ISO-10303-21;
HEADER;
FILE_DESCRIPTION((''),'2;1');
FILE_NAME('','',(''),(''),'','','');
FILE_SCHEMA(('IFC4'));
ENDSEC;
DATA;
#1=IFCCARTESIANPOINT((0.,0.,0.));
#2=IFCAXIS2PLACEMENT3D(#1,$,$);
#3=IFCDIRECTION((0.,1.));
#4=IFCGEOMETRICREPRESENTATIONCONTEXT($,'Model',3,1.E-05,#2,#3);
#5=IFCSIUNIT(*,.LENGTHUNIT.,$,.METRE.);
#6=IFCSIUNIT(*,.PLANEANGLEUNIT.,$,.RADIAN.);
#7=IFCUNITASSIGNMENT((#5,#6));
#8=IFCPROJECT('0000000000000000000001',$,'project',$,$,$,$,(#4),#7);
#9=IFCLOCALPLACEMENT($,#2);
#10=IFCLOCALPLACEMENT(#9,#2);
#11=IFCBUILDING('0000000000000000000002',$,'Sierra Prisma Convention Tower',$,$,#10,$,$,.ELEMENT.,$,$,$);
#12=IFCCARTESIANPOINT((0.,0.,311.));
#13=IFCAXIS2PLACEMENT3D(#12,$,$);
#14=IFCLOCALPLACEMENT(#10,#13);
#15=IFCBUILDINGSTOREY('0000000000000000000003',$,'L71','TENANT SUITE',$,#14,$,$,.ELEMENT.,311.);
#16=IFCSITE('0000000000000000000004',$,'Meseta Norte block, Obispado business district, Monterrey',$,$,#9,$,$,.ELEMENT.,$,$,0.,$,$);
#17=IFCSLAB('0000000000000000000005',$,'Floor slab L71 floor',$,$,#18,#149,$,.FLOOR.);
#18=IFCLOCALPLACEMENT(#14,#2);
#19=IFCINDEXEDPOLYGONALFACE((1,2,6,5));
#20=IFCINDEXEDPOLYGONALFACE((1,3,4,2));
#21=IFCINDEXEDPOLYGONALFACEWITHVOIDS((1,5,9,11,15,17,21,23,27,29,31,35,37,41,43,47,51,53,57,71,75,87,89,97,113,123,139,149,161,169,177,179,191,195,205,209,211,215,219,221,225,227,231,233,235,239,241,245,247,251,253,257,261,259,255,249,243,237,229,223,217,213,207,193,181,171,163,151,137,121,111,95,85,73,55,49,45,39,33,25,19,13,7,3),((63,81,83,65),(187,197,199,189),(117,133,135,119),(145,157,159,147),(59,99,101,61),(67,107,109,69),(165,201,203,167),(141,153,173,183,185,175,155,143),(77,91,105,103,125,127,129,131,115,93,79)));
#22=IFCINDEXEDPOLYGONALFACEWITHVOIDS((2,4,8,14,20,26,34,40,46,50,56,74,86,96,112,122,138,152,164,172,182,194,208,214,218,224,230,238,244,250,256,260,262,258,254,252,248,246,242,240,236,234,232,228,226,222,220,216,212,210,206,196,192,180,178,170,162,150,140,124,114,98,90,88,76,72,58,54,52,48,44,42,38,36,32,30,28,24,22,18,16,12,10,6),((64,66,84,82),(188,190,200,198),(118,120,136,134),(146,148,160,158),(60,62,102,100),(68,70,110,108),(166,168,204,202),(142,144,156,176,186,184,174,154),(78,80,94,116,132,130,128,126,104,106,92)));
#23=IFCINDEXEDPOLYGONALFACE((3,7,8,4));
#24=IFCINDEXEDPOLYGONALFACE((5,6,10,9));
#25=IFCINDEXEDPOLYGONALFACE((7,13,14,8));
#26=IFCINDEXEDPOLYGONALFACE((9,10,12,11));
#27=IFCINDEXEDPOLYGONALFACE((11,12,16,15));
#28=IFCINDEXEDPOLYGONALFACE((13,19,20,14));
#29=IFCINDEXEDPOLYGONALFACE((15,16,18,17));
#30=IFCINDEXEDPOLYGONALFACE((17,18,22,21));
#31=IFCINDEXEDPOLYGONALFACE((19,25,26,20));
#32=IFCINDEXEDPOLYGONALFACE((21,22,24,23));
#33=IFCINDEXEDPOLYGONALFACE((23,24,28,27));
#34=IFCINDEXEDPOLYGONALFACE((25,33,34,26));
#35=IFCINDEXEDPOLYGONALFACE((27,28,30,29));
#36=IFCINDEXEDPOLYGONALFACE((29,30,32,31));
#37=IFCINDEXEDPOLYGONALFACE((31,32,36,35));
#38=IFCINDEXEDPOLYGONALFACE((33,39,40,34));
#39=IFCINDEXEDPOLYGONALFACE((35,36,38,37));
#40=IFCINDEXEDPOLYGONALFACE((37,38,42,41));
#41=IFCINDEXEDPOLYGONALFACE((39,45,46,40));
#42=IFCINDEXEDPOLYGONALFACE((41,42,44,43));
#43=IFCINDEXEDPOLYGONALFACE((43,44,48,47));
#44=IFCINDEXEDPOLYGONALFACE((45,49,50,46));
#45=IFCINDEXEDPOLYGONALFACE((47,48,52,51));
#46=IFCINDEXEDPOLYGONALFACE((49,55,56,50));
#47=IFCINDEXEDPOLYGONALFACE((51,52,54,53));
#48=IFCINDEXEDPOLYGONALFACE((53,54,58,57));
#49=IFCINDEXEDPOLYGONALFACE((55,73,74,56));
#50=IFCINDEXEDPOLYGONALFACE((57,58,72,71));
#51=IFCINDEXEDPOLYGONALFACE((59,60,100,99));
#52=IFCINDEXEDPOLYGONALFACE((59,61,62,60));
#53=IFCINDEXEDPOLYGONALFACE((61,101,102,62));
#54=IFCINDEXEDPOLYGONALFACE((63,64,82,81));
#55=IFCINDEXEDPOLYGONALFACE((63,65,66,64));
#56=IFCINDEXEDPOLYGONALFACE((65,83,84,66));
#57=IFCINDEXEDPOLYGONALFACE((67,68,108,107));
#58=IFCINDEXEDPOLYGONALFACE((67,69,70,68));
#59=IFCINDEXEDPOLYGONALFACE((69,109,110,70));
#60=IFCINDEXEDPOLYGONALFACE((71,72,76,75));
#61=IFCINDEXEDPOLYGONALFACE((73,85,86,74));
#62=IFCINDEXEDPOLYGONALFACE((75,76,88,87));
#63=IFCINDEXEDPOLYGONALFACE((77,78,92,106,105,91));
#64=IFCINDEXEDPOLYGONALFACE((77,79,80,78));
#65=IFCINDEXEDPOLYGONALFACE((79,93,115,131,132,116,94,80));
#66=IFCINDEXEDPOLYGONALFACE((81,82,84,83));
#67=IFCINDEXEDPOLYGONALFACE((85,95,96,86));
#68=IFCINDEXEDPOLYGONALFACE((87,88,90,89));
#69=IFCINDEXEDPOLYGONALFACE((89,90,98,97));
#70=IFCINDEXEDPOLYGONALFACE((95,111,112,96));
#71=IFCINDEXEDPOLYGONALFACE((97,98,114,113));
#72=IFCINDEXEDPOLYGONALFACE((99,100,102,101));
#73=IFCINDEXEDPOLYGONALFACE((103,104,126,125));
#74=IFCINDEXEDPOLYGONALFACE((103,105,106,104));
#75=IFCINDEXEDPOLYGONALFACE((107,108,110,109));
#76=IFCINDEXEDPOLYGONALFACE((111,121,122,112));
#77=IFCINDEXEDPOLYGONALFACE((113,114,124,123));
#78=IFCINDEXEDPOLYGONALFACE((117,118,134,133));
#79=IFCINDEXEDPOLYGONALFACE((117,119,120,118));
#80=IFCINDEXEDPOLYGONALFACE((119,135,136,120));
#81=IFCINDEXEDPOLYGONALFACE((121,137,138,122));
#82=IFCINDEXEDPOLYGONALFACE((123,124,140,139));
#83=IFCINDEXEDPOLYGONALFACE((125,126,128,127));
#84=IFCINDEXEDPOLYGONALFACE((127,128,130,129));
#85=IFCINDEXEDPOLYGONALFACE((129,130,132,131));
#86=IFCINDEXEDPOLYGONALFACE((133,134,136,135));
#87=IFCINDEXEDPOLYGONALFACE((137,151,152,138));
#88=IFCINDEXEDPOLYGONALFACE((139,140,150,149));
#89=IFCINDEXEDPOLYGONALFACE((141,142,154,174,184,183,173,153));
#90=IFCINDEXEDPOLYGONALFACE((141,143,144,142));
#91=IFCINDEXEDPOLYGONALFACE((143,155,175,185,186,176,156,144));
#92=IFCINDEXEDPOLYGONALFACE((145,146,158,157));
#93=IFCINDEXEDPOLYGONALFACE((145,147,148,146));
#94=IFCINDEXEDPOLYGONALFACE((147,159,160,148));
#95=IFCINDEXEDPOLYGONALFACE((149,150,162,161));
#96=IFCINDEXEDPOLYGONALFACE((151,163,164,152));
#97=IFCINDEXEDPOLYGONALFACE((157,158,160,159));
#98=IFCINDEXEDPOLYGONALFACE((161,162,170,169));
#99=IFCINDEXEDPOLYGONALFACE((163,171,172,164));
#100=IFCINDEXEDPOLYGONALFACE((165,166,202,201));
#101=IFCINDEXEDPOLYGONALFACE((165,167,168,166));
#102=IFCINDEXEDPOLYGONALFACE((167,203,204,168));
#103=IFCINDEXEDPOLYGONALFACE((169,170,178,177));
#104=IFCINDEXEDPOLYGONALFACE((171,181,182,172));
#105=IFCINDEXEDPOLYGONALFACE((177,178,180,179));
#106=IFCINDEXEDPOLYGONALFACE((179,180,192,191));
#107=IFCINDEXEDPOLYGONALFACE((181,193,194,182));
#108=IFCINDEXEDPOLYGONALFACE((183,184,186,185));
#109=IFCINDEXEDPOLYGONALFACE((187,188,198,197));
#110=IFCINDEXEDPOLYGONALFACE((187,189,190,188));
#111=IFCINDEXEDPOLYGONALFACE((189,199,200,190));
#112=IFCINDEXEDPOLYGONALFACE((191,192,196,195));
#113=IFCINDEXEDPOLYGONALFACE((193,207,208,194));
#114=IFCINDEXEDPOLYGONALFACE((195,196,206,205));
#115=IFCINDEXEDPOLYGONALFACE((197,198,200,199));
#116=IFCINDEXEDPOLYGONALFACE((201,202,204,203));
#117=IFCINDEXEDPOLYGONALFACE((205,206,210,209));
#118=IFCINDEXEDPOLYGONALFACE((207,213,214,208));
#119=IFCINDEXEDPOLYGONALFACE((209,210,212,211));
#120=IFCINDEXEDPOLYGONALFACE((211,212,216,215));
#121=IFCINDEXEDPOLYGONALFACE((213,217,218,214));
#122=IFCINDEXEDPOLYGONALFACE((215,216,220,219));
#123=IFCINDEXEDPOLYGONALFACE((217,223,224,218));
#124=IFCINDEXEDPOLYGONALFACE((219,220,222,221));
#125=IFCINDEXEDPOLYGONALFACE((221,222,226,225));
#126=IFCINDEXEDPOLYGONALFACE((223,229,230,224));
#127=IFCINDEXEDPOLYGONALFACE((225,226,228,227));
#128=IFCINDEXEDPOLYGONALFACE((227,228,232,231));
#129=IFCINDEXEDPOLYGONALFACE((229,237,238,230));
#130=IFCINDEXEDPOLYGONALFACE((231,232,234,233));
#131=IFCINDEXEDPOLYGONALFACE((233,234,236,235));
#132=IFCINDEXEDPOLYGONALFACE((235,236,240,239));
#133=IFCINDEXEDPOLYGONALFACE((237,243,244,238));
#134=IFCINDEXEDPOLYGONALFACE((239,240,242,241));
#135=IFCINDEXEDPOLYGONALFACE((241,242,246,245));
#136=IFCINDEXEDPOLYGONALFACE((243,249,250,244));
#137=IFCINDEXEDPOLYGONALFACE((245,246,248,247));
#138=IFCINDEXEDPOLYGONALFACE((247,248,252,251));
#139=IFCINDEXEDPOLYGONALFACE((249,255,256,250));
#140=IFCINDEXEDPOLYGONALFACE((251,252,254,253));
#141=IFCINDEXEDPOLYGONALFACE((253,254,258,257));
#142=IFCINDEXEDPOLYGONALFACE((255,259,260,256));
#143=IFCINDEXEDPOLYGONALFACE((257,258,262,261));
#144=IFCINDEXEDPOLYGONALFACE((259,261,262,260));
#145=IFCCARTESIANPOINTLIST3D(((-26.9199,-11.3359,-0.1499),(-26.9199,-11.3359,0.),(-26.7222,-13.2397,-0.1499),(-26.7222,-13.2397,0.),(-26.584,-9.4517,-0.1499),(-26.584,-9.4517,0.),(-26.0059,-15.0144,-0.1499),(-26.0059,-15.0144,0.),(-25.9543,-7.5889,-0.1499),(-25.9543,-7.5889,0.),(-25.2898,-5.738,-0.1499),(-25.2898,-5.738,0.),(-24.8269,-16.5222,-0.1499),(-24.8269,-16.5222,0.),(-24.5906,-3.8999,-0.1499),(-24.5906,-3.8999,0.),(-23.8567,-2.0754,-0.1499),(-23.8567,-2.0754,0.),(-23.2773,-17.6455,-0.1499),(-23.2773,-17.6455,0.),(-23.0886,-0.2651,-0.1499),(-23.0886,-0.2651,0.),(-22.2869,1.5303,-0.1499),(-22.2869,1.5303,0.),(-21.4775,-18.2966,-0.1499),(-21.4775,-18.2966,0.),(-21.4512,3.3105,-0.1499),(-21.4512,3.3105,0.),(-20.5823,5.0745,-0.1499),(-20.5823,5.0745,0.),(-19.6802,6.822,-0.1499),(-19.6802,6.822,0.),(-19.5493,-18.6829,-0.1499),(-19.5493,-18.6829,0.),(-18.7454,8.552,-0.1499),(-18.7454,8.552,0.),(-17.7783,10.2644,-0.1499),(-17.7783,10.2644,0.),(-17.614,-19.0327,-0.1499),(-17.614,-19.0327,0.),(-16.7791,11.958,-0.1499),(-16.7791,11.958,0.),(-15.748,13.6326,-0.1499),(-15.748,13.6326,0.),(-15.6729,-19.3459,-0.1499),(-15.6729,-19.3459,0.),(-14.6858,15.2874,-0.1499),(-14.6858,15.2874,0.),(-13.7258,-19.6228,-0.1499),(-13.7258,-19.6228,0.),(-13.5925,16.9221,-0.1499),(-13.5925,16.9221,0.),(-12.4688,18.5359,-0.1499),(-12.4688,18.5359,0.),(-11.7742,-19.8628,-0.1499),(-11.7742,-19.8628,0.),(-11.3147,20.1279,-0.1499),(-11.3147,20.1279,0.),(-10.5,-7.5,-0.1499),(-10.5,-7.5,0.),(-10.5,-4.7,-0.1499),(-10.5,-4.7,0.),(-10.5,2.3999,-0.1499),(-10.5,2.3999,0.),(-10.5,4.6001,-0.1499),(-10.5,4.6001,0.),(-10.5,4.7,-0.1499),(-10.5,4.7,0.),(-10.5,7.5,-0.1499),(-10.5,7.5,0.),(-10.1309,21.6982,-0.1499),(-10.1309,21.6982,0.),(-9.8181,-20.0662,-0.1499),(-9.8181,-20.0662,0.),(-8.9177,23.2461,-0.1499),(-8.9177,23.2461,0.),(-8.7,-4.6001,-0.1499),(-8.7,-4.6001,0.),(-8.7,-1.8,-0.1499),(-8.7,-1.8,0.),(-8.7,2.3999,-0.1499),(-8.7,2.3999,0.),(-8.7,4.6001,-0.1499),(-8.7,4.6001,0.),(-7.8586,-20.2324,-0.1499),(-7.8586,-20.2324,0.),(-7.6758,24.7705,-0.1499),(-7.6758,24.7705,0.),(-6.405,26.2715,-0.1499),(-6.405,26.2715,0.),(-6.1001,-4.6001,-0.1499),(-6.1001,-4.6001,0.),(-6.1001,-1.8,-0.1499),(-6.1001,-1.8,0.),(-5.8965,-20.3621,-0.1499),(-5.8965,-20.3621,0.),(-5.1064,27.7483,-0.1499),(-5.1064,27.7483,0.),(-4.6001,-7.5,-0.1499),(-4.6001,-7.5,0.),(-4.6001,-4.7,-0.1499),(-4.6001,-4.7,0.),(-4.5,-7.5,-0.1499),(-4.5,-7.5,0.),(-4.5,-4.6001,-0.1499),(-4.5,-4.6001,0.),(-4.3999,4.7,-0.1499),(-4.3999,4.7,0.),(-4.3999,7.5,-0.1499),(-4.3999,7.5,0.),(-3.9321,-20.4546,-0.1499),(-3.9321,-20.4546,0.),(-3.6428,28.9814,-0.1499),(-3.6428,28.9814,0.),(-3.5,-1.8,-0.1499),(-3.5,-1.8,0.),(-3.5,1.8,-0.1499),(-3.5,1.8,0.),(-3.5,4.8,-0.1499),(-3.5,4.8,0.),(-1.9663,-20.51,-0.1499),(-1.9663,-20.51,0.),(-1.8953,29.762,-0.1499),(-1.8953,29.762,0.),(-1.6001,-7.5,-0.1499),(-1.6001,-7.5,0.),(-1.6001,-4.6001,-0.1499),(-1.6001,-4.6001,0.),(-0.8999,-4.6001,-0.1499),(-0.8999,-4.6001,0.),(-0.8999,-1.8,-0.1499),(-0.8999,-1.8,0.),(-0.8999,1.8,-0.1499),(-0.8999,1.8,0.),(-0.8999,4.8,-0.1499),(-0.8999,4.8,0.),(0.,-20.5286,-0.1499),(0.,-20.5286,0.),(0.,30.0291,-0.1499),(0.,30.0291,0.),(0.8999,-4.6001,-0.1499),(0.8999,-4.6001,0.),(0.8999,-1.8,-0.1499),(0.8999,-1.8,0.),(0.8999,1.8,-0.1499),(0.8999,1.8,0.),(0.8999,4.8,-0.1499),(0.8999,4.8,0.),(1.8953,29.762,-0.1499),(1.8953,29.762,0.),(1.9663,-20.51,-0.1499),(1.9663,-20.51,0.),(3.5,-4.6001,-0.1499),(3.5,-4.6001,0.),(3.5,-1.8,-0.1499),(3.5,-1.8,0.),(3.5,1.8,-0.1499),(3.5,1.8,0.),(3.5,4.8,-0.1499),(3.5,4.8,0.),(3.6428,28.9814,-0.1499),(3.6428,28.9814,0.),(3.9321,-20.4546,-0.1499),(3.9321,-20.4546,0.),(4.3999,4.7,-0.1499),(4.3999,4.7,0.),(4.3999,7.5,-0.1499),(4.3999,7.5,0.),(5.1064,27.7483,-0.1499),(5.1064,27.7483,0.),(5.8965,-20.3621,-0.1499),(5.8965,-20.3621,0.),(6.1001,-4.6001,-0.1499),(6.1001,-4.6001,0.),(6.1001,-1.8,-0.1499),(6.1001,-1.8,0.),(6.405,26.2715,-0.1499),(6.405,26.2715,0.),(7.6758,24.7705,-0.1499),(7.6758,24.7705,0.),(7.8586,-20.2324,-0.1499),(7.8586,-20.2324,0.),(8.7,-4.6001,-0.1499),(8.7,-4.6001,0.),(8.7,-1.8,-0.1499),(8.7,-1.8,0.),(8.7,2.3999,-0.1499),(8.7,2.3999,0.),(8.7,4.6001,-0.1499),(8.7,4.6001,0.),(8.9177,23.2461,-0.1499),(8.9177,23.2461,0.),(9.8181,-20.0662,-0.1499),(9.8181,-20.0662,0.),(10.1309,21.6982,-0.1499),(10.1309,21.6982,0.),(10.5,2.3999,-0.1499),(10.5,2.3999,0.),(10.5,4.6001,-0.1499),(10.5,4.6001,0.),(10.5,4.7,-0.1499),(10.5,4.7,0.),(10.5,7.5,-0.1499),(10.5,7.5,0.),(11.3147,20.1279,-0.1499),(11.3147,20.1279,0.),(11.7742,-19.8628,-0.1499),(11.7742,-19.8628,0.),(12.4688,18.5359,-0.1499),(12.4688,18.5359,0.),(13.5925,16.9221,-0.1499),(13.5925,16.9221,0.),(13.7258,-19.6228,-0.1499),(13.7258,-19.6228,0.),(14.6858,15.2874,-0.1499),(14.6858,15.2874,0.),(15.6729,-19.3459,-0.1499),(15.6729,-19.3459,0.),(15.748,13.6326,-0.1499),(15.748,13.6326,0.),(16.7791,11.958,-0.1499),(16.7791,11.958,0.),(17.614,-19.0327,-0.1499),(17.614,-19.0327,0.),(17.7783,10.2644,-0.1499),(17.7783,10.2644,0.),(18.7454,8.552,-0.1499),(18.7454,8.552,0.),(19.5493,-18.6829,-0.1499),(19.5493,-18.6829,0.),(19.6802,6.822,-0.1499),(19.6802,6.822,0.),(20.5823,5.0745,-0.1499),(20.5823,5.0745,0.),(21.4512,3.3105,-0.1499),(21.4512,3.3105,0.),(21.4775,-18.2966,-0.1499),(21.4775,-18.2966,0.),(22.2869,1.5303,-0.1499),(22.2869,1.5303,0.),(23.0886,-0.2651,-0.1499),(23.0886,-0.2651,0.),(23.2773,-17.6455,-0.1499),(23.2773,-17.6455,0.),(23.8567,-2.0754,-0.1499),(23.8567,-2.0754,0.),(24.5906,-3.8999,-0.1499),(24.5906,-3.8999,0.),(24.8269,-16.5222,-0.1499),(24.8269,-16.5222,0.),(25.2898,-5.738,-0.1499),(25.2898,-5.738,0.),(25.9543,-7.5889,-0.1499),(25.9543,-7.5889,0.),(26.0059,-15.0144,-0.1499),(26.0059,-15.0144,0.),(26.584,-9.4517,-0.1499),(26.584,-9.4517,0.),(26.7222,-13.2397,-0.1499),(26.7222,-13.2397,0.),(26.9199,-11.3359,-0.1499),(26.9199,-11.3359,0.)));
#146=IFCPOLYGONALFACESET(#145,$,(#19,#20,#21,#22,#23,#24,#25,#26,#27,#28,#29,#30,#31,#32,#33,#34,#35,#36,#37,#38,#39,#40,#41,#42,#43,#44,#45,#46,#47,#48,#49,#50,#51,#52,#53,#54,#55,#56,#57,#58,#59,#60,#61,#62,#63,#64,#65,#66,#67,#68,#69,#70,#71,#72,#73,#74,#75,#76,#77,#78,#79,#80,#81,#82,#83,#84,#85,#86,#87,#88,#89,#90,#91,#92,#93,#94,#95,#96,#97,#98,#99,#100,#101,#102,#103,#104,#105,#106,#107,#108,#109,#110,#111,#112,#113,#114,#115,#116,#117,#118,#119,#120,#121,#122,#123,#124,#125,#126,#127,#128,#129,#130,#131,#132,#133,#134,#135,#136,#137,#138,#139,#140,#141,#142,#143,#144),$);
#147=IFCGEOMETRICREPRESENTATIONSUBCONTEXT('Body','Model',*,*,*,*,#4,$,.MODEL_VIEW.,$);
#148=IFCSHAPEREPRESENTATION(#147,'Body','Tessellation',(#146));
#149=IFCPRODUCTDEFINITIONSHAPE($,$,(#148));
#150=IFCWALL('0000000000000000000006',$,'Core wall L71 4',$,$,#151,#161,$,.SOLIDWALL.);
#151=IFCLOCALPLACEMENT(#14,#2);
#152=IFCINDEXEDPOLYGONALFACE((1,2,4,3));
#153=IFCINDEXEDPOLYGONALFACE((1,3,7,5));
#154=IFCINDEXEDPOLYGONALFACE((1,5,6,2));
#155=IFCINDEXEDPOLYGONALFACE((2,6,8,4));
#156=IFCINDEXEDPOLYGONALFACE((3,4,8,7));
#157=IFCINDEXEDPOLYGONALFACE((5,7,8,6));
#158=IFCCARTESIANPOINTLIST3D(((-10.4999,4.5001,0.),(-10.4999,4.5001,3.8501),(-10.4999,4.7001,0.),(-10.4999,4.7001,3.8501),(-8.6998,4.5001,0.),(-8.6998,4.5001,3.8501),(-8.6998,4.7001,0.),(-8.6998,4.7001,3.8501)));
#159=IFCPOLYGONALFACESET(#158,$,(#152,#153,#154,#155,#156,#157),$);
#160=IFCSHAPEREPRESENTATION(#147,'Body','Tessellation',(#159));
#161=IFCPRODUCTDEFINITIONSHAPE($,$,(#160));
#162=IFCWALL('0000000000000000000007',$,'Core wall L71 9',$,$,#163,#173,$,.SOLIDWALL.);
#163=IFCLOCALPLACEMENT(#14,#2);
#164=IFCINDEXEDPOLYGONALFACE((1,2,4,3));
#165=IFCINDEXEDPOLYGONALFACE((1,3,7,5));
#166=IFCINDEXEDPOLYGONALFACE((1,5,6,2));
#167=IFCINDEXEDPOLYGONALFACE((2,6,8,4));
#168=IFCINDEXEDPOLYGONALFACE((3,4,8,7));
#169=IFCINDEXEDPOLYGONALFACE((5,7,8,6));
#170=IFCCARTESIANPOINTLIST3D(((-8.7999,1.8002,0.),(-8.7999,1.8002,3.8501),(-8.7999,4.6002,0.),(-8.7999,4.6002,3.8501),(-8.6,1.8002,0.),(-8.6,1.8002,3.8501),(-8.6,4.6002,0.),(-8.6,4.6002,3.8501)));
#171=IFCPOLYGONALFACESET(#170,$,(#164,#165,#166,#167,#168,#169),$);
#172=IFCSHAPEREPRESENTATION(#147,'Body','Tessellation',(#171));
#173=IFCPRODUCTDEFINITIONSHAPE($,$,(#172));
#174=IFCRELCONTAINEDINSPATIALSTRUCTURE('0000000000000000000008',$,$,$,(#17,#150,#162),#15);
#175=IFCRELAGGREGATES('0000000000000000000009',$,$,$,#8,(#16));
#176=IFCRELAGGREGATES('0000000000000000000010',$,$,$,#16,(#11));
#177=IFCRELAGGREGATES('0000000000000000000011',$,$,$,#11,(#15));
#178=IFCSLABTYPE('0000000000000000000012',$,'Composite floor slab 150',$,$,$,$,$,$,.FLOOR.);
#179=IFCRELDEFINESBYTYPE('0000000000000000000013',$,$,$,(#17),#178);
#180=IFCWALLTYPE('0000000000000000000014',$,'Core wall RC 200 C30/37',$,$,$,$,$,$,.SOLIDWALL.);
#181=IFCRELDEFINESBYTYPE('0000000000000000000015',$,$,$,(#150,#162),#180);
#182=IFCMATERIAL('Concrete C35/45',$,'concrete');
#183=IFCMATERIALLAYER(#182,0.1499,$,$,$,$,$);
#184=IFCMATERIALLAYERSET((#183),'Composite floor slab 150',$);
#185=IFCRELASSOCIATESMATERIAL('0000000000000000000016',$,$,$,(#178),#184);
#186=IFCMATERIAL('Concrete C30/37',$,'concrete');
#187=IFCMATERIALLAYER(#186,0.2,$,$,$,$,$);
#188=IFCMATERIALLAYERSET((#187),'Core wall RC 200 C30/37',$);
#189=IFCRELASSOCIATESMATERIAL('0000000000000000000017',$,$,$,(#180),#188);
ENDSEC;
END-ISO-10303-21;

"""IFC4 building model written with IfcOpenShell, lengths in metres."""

from ifc_helpers import new_model, si_unit, direction, frame, frame_2d, origin, place, context, subcontext, project, spatial, polyline, rectangle, outline, extrude, material, layer, layer_set, type_object, element, save


model = new_model("IFC4")

# Units and contexts
model_context = context("Model", 3, precision=1e-05, world=origin(), true_north=direction((0.0, 1.0)))
body_context = subcontext(model_context, "Body", "Model", "MODEL_VIEW")
ifc_project = project(units=[si_unit("LENGTHUNIT", "METRE"), si_unit("PLANEANGLEUNIT", "RADIAN")], contexts=[model_context])

# Site, building, storey
site_placement = place(None, origin())
site = spatial("IfcSite", under=ifc_project, at=site_placement, Name="Meseta Norte block, Obispado business district, Monterrey", CompositionType="ELEMENT", RefElevation=0.0)
building_placement = place(site_placement, origin())
building = spatial("IfcBuilding", under=site, at=building_placement, Name="Sierra Prisma Convention Tower", CompositionType="ELEMENT")
storey_placement = place(building_placement, frame((0.0, 0.0, 311.0)))
storey = spatial("IfcBuildingStorey", under=building, at=storey_placement, Name="L71", Description="TENANT SUITE", CompositionType="ELEMENT", Elevation=311.0)

# Slab
ifc_material_1 = material(Name="Concrete C35/45", Category="concrete")
ifc_layer_1 = layer(ifc_material_1, 0.1499)
ifc_layer_set_1 = layer_set([ifc_layer_1], Name="Composite floor slab 150")
slab_type = type_object("IfcSlabType", Name="Composite floor slab 150", PredefinedType="FLOOR", material=ifc_layer_set_1)
slab_placement = place(storey_placement, frame((0.0, 0.0, -0.1499)))
element("IfcSlab", 1, at=slab_placement, inside=storey, type_object=slab_type, Name="Floor slab L71 floor", PredefinedType="FLOOR", context=body_context, shape_type="SweptSolid", body=[
    extrude(outline(polyline([(-21.4775, -18.2966), (-19.5493, -18.6829), (-17.614, -19.0327), (-15.6729, -19.3459), (-13.7258, -19.6228), (-11.7742, -19.8628), (-9.8181, -20.0662), (-7.8586, -20.2324), (-5.8965, -20.3621), (-3.9321, -20.4546), (-1.9663, -20.51), (0.0, -20.5286), (1.9663, -20.51), (3.9321, -20.4546), (5.8965, -20.3621), (7.8586, -20.2324), (9.8181, -20.0662), (11.7742, -19.8628), (13.7258, -19.6228), (15.6729, -19.3459), (17.614, -19.0327), (19.5493, -18.6829), (21.4775, -18.2966), (23.2773, -17.6455), (24.8269, -16.5222), (26.0059, -15.0144), (26.7222, -13.2397), (26.9199, -11.3359), (26.584, -9.4517), (25.9543, -7.5889), (25.2898, -5.738), (24.5906, -3.8999), (23.8567, -2.0754), (23.0886, -0.2651), (22.2869, 1.5303), (21.4512, 3.3105), (20.5823, 5.0745), (19.6802, 6.822), (18.7454, 8.552), (17.7783, 10.2644), (16.7791, 11.958), (15.748, 13.6326), (14.6858, 15.2874), (13.5925, 16.9221), (12.4688, 18.5359), (11.3147, 20.1279), (10.1309, 21.6982), (8.9177, 23.2461), (7.6758, 24.7705), (6.405, 26.2715), (5.1064, 27.7483), (3.6428, 28.9814), (1.8953, 29.762), (0.0, 30.0291), (-1.8953, 29.762), (-3.6428, 28.9814), (-5.1064, 27.7483), (-6.405, 26.2715), (-7.6758, 24.7705), (-8.9177, 23.2461), (-10.1309, 21.6982), (-11.3147, 20.1279), (-12.4688, 18.5359), (-13.5925, 16.9221), (-14.6858, 15.2874), (-15.748, 13.6326), (-16.7791, 11.958), (-17.7783, 10.2644), (-18.7454, 8.552), (-19.6802, 6.822), (-20.5823, 5.0745), (-21.4512, 3.3105), (-22.2869, 1.5303), (-23.0886, -0.2651), (-23.8567, -2.0754), (-24.5906, -3.8999), (-25.2898, -5.738), (-25.9543, -7.5889), (-26.584, -9.4517), (-26.9199, -11.3359), (-26.7222, -13.2397), (-26.0059, -15.0144), (-24.8269, -16.5222), (-23.2773, -17.6455), (-21.4775, -18.2966)]), holes=[polyline([(-4.6001, -4.7), (-4.6001, -7.5), (-10.5, -7.5), (-10.5, -4.7), (-4.6001, -4.7)]), polyline([(-4.5, -7.5), (-4.5, -4.6001), (-6.1001, -4.6001), (-8.7, -4.6001), (-8.7, -1.8), (-6.1001, -1.8), (-3.5, -1.8), (-0.8999, -1.8), (-0.8999, -4.6001), (-1.6001, -4.6001), (-1.6001, -7.5), (-4.5, -7.5)]), polyline([(-8.7, 2.3999), (-10.5, 2.3999), (-10.5, 4.6001), (-8.7, 4.6001), (-8.7, 2.3999)]), polyline([(-4.3999, 4.7), (-10.5, 4.7), (-10.5, 7.5), (-4.3999, 7.5), (-4.3999, 4.7)]), polyline([(3.5, -1.8), (6.1001, -1.8), (8.7, -1.8), (8.7, -4.6001), (6.1001, -4.6001), (3.5, -4.6001), (0.8999, -4.6001), (0.8999, -1.8), (3.5, -1.8)]), polyline([(-0.8999, 1.8), (-3.5, 1.8), (-3.5, 4.8), (-0.8999, 4.8), (-0.8999, 1.8)]), polyline([(3.5, 1.8), (0.8999, 1.8), (0.8999, 4.8), (3.5, 4.8), (3.5, 1.8)]), polyline([(10.5, 2.3999), (8.7, 2.3999), (8.7, 4.6001), (10.5, 4.6001), (10.5, 2.3999)]), polyline([(10.5, 4.7), (4.3999, 4.7), (4.3999, 7.5), (10.5, 7.5), (10.5, 4.7)])]), origin(), (0.0, 0.0, 1.0), 0.1499),
])

# Walls
ifc_material_2 = material(Name="Concrete C30/37", Category="concrete")
ifc_layer_2 = layer(ifc_material_2, 0.2)
ifc_layer_set_2 = layer_set([ifc_layer_2], Name="Core wall RC 200 C30/37")
wall_type = type_object("IfcWallType", Name="Core wall RC 200 C30/37", PredefinedType="SOLIDWALL", material=ifc_layer_set_2)
wall_1_placement = place(storey_placement, frame((-8.7, 4.6001, 0.0), z_axis=(0.0, 0.0, 1.0), x_axis=(-1.0, 0.0, 0.0)))
element("IfcWall", 2, at=wall_1_placement, inside=storey, type_object=wall_type, Name="Core wall L71 4", PredefinedType="SOLIDWALL", context=body_context, shape_type="SweptSolid", body=[
    extrude(rectangle(XDim=1.8, YDim=0.2, at=frame_2d((0.8999, 0.0))), origin(), (0.0, 0.0, 1.0), 3.8501),
])
wall_2_placement = place(storey_placement, frame((-8.7, 4.6001, 0.0), z_axis=(0.0, 0.0, 1.0), x_axis=(0.0, -1.0, 0.0)))
element("IfcWall", 3, at=wall_2_placement, inside=storey, type_object=wall_type, Name="Core wall L71 9", PredefinedType="SOLIDWALL", context=body_context, shape_type="SweptSolid", body=[
    extrude(rectangle(XDim=2.8, YDim=0.2, at=frame_2d((1.3999, 0.0))), origin(), (0.0, 0.0, 1.0), 3.8501),
])

save(model, "model.ifc")
